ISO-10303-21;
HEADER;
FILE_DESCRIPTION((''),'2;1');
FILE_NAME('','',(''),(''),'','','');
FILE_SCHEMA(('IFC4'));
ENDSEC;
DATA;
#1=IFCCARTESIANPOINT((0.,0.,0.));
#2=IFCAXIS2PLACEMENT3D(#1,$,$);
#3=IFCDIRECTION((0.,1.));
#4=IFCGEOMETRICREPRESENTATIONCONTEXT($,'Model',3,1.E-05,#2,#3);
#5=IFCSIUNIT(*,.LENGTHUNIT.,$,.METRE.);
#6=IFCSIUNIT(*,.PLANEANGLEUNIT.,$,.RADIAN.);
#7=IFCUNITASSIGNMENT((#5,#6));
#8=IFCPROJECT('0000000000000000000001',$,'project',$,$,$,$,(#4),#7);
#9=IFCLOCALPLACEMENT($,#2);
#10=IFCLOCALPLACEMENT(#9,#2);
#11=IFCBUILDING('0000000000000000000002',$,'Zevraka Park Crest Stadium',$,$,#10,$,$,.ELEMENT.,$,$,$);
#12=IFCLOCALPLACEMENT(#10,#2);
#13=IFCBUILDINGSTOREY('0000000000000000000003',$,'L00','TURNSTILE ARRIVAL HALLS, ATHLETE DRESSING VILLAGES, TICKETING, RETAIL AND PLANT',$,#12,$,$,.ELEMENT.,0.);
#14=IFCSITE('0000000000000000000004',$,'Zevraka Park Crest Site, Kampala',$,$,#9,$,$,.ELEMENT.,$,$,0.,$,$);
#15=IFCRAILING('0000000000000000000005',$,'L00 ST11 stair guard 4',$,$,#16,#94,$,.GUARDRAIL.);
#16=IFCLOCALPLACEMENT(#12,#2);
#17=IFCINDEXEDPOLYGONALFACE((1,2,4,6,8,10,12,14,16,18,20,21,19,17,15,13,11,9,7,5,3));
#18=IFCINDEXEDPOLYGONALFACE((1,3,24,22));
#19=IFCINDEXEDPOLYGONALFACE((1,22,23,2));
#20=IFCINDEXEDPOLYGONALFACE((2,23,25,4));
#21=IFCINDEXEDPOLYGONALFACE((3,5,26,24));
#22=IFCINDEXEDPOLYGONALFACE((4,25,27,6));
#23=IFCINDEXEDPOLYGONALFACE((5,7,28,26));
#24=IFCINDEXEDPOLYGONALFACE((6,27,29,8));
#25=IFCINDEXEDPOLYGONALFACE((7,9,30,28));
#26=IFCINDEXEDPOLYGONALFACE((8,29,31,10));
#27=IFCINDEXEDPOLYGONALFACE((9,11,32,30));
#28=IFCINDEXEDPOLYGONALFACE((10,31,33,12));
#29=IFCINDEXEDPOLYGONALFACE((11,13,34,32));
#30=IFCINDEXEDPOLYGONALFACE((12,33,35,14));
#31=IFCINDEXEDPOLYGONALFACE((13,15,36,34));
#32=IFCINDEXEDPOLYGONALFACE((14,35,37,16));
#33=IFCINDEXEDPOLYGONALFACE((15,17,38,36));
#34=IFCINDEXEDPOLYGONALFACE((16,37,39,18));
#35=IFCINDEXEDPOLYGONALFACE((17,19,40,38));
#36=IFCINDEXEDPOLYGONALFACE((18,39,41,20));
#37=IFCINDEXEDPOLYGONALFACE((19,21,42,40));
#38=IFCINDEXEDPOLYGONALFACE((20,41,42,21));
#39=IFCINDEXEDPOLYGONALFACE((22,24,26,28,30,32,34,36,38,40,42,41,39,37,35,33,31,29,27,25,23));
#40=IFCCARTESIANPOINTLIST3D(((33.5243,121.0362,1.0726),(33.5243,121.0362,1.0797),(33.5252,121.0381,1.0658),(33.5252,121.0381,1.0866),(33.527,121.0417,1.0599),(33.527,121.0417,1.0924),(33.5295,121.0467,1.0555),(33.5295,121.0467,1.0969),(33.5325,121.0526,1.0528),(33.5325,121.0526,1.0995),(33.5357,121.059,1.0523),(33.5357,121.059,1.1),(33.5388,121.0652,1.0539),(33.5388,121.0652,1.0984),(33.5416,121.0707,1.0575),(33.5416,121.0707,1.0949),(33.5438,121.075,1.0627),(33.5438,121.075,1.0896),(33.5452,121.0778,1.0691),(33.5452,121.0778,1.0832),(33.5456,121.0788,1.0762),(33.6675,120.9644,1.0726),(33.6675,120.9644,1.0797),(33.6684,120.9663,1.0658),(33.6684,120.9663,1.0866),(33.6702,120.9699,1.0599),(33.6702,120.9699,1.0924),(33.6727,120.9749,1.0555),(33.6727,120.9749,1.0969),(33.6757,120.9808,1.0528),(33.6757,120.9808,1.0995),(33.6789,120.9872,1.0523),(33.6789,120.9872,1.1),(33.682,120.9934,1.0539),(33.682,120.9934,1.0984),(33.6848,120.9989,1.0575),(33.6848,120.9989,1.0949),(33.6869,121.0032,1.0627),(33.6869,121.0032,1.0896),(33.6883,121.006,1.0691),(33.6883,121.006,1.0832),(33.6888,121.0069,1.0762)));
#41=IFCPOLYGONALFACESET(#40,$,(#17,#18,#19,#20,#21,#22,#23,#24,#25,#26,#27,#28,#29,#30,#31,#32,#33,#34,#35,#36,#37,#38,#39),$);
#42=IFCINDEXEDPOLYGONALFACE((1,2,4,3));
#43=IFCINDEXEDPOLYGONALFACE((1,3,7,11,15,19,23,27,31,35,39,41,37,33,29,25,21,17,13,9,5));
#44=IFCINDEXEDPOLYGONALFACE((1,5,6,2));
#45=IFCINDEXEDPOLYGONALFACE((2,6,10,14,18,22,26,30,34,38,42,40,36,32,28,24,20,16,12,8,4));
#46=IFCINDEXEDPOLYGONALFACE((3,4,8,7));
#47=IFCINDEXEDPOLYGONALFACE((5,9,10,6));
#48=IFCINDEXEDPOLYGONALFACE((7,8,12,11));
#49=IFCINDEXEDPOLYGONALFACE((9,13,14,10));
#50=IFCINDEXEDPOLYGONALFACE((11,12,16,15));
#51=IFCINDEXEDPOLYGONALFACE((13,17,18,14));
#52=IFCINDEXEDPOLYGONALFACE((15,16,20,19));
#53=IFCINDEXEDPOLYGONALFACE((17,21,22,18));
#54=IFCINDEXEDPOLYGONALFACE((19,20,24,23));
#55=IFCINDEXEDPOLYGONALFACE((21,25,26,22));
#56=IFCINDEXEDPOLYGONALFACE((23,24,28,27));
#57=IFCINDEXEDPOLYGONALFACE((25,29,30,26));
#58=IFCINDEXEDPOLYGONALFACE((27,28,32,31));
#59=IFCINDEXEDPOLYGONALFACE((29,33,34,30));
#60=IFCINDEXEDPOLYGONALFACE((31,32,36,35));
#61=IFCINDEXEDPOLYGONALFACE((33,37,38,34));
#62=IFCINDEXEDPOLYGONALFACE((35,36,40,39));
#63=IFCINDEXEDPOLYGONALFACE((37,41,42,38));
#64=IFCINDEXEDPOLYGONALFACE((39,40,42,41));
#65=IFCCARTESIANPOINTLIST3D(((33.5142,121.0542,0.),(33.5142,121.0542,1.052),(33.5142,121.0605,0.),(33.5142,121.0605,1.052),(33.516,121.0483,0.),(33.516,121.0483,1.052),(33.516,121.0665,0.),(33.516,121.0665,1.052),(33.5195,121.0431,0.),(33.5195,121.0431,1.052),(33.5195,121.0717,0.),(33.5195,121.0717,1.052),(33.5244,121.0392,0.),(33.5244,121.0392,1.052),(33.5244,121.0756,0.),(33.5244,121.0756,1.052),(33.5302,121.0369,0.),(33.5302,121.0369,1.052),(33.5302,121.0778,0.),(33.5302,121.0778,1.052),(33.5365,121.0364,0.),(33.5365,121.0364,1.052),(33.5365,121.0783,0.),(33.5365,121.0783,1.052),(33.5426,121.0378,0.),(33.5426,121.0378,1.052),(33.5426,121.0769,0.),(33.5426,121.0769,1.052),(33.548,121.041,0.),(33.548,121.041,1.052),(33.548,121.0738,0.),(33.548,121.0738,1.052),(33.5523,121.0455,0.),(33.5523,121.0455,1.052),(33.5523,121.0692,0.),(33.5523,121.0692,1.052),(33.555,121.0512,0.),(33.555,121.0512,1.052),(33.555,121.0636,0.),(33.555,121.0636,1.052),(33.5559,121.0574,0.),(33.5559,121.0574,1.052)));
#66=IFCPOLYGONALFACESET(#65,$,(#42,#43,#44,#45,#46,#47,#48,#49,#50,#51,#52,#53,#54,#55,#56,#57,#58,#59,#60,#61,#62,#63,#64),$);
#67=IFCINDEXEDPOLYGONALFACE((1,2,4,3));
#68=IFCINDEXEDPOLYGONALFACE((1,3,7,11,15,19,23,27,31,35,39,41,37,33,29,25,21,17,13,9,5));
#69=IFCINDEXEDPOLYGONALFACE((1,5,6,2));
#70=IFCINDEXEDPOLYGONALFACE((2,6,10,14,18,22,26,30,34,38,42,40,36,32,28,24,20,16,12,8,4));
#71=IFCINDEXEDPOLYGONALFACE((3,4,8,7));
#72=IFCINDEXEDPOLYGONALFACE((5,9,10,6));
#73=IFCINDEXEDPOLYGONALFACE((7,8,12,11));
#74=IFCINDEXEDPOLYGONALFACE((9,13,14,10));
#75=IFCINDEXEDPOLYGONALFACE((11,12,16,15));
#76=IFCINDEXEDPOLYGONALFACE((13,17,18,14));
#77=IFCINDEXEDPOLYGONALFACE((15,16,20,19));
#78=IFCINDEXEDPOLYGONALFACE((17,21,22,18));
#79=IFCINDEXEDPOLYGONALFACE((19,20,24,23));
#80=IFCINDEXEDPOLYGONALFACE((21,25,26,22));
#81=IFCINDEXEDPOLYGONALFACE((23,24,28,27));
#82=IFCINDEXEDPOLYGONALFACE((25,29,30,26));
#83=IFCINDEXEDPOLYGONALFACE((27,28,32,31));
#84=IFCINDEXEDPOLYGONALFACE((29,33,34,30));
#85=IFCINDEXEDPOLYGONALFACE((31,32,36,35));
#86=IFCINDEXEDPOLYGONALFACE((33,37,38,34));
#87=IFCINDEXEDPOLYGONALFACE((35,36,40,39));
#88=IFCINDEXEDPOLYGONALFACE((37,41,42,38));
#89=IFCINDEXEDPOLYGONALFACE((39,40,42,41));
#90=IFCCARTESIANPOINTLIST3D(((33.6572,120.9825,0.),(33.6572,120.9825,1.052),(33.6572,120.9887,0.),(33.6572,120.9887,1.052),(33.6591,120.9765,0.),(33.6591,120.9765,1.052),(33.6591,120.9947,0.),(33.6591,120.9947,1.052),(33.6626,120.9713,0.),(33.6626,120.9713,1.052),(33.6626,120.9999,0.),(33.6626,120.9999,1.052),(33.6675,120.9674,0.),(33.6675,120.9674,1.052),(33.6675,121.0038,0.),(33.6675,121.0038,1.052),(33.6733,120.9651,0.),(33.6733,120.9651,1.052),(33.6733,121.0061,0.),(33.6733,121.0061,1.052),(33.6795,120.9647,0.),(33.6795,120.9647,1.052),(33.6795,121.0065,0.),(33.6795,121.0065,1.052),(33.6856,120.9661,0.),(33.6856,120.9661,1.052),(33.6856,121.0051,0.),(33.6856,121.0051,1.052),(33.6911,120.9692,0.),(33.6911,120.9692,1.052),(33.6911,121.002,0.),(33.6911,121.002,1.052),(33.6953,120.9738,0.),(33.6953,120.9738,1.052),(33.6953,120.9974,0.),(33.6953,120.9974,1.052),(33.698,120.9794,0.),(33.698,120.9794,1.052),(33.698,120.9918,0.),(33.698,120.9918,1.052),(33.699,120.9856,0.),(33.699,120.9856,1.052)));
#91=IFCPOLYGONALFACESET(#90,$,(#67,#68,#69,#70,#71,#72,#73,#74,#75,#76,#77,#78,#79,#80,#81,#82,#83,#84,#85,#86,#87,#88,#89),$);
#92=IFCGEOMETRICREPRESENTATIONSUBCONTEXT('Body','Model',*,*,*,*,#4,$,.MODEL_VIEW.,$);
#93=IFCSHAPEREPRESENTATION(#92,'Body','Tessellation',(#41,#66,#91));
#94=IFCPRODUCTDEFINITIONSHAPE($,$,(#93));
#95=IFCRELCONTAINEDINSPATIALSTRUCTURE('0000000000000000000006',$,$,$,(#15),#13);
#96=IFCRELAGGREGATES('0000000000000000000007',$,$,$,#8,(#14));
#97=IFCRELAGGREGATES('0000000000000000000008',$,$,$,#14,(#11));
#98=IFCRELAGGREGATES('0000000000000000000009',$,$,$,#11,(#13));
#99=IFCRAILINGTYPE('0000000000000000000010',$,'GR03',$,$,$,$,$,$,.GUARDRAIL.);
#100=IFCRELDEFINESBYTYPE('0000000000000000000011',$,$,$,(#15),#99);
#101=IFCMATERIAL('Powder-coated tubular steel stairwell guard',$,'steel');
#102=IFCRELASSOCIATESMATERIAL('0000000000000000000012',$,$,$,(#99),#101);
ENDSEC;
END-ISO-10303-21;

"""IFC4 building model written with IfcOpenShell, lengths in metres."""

from ifc_helpers import new_model, si_unit, direction, frame, origin, origin_2d, place, context, subcontext, project, spatial, circle, extrude, material, type_object, element, save


model = new_model("IFC4")

# Units and contexts
model_context = context("Model", 3, precision=1e-05, world=origin(), true_north=direction((0.0, 1.0)))
body_context = subcontext(model_context, "Body", "Model", "MODEL_VIEW")
ifc_project = project(units=[si_unit("LENGTHUNIT", "METRE"), si_unit("PLANEANGLEUNIT", "RADIAN")], contexts=[model_context])

# Site, building, storey
site_placement = place(None, origin())
site = spatial("IfcSite", under=ifc_project, at=site_placement, Name="Zevraka Park Crest Site, Kampala", CompositionType="ELEMENT", RefElevation=0.0)
building_placement = place(site_placement, origin())
building = spatial("IfcBuilding", under=site, at=building_placement, Name="Zevraka Park Crest Stadium", CompositionType="ELEMENT")
storey_placement = place(building_placement, origin())
storey = spatial("IfcBuildingStorey", under=building, at=storey_placement, Name="L00", Description="TURNSTILE ARRIVAL HALLS, ATHLETE DRESSING VILLAGES, TICKETING, RETAIL AND PLANT", CompositionType="ELEMENT", Elevation=0.0)

# Railing
ifc_material_1 = material(Name="Powder-coated tubular steel stairwell guard", Category="steel")
railing_type_1 = type_object("IfcRailingType", Name="GR03", PredefinedType="GUARDRAIL", material=ifc_material_1)
railing_1_placement = place(storey_placement, frame((33.5349, 121.0574, 0.0)))
element("IfcRailing", 1, at=railing_1_placement, inside=storey, type_object=railing_type_1, Name="L00 ST11 stair guard 4", PredefinedType="GUARDRAIL", context=body_context, shape_type="SweptSolid", body=[
    extrude(circle(Radius=0.0239, at=origin_2d()), frame((0.0, 0.0, 1.0762), z_axis=(0.893816, -0.448433, 0.0), x_axis=(0.448433, 0.893816, 0.0)), (0.0, 0.0, 1.0), 0.1602),
    extrude(circle(Radius=0.021, at=origin_2d()), origin(), (0.0, 0.0, 1.0), 1.052),
    extrude(circle(Radius=0.021, at=origin_2d()), frame((0.1431, -0.0718, 0.0)), (0.0, 0.0, 1.0), 1.052),
])

save(model, "model.ifc")
